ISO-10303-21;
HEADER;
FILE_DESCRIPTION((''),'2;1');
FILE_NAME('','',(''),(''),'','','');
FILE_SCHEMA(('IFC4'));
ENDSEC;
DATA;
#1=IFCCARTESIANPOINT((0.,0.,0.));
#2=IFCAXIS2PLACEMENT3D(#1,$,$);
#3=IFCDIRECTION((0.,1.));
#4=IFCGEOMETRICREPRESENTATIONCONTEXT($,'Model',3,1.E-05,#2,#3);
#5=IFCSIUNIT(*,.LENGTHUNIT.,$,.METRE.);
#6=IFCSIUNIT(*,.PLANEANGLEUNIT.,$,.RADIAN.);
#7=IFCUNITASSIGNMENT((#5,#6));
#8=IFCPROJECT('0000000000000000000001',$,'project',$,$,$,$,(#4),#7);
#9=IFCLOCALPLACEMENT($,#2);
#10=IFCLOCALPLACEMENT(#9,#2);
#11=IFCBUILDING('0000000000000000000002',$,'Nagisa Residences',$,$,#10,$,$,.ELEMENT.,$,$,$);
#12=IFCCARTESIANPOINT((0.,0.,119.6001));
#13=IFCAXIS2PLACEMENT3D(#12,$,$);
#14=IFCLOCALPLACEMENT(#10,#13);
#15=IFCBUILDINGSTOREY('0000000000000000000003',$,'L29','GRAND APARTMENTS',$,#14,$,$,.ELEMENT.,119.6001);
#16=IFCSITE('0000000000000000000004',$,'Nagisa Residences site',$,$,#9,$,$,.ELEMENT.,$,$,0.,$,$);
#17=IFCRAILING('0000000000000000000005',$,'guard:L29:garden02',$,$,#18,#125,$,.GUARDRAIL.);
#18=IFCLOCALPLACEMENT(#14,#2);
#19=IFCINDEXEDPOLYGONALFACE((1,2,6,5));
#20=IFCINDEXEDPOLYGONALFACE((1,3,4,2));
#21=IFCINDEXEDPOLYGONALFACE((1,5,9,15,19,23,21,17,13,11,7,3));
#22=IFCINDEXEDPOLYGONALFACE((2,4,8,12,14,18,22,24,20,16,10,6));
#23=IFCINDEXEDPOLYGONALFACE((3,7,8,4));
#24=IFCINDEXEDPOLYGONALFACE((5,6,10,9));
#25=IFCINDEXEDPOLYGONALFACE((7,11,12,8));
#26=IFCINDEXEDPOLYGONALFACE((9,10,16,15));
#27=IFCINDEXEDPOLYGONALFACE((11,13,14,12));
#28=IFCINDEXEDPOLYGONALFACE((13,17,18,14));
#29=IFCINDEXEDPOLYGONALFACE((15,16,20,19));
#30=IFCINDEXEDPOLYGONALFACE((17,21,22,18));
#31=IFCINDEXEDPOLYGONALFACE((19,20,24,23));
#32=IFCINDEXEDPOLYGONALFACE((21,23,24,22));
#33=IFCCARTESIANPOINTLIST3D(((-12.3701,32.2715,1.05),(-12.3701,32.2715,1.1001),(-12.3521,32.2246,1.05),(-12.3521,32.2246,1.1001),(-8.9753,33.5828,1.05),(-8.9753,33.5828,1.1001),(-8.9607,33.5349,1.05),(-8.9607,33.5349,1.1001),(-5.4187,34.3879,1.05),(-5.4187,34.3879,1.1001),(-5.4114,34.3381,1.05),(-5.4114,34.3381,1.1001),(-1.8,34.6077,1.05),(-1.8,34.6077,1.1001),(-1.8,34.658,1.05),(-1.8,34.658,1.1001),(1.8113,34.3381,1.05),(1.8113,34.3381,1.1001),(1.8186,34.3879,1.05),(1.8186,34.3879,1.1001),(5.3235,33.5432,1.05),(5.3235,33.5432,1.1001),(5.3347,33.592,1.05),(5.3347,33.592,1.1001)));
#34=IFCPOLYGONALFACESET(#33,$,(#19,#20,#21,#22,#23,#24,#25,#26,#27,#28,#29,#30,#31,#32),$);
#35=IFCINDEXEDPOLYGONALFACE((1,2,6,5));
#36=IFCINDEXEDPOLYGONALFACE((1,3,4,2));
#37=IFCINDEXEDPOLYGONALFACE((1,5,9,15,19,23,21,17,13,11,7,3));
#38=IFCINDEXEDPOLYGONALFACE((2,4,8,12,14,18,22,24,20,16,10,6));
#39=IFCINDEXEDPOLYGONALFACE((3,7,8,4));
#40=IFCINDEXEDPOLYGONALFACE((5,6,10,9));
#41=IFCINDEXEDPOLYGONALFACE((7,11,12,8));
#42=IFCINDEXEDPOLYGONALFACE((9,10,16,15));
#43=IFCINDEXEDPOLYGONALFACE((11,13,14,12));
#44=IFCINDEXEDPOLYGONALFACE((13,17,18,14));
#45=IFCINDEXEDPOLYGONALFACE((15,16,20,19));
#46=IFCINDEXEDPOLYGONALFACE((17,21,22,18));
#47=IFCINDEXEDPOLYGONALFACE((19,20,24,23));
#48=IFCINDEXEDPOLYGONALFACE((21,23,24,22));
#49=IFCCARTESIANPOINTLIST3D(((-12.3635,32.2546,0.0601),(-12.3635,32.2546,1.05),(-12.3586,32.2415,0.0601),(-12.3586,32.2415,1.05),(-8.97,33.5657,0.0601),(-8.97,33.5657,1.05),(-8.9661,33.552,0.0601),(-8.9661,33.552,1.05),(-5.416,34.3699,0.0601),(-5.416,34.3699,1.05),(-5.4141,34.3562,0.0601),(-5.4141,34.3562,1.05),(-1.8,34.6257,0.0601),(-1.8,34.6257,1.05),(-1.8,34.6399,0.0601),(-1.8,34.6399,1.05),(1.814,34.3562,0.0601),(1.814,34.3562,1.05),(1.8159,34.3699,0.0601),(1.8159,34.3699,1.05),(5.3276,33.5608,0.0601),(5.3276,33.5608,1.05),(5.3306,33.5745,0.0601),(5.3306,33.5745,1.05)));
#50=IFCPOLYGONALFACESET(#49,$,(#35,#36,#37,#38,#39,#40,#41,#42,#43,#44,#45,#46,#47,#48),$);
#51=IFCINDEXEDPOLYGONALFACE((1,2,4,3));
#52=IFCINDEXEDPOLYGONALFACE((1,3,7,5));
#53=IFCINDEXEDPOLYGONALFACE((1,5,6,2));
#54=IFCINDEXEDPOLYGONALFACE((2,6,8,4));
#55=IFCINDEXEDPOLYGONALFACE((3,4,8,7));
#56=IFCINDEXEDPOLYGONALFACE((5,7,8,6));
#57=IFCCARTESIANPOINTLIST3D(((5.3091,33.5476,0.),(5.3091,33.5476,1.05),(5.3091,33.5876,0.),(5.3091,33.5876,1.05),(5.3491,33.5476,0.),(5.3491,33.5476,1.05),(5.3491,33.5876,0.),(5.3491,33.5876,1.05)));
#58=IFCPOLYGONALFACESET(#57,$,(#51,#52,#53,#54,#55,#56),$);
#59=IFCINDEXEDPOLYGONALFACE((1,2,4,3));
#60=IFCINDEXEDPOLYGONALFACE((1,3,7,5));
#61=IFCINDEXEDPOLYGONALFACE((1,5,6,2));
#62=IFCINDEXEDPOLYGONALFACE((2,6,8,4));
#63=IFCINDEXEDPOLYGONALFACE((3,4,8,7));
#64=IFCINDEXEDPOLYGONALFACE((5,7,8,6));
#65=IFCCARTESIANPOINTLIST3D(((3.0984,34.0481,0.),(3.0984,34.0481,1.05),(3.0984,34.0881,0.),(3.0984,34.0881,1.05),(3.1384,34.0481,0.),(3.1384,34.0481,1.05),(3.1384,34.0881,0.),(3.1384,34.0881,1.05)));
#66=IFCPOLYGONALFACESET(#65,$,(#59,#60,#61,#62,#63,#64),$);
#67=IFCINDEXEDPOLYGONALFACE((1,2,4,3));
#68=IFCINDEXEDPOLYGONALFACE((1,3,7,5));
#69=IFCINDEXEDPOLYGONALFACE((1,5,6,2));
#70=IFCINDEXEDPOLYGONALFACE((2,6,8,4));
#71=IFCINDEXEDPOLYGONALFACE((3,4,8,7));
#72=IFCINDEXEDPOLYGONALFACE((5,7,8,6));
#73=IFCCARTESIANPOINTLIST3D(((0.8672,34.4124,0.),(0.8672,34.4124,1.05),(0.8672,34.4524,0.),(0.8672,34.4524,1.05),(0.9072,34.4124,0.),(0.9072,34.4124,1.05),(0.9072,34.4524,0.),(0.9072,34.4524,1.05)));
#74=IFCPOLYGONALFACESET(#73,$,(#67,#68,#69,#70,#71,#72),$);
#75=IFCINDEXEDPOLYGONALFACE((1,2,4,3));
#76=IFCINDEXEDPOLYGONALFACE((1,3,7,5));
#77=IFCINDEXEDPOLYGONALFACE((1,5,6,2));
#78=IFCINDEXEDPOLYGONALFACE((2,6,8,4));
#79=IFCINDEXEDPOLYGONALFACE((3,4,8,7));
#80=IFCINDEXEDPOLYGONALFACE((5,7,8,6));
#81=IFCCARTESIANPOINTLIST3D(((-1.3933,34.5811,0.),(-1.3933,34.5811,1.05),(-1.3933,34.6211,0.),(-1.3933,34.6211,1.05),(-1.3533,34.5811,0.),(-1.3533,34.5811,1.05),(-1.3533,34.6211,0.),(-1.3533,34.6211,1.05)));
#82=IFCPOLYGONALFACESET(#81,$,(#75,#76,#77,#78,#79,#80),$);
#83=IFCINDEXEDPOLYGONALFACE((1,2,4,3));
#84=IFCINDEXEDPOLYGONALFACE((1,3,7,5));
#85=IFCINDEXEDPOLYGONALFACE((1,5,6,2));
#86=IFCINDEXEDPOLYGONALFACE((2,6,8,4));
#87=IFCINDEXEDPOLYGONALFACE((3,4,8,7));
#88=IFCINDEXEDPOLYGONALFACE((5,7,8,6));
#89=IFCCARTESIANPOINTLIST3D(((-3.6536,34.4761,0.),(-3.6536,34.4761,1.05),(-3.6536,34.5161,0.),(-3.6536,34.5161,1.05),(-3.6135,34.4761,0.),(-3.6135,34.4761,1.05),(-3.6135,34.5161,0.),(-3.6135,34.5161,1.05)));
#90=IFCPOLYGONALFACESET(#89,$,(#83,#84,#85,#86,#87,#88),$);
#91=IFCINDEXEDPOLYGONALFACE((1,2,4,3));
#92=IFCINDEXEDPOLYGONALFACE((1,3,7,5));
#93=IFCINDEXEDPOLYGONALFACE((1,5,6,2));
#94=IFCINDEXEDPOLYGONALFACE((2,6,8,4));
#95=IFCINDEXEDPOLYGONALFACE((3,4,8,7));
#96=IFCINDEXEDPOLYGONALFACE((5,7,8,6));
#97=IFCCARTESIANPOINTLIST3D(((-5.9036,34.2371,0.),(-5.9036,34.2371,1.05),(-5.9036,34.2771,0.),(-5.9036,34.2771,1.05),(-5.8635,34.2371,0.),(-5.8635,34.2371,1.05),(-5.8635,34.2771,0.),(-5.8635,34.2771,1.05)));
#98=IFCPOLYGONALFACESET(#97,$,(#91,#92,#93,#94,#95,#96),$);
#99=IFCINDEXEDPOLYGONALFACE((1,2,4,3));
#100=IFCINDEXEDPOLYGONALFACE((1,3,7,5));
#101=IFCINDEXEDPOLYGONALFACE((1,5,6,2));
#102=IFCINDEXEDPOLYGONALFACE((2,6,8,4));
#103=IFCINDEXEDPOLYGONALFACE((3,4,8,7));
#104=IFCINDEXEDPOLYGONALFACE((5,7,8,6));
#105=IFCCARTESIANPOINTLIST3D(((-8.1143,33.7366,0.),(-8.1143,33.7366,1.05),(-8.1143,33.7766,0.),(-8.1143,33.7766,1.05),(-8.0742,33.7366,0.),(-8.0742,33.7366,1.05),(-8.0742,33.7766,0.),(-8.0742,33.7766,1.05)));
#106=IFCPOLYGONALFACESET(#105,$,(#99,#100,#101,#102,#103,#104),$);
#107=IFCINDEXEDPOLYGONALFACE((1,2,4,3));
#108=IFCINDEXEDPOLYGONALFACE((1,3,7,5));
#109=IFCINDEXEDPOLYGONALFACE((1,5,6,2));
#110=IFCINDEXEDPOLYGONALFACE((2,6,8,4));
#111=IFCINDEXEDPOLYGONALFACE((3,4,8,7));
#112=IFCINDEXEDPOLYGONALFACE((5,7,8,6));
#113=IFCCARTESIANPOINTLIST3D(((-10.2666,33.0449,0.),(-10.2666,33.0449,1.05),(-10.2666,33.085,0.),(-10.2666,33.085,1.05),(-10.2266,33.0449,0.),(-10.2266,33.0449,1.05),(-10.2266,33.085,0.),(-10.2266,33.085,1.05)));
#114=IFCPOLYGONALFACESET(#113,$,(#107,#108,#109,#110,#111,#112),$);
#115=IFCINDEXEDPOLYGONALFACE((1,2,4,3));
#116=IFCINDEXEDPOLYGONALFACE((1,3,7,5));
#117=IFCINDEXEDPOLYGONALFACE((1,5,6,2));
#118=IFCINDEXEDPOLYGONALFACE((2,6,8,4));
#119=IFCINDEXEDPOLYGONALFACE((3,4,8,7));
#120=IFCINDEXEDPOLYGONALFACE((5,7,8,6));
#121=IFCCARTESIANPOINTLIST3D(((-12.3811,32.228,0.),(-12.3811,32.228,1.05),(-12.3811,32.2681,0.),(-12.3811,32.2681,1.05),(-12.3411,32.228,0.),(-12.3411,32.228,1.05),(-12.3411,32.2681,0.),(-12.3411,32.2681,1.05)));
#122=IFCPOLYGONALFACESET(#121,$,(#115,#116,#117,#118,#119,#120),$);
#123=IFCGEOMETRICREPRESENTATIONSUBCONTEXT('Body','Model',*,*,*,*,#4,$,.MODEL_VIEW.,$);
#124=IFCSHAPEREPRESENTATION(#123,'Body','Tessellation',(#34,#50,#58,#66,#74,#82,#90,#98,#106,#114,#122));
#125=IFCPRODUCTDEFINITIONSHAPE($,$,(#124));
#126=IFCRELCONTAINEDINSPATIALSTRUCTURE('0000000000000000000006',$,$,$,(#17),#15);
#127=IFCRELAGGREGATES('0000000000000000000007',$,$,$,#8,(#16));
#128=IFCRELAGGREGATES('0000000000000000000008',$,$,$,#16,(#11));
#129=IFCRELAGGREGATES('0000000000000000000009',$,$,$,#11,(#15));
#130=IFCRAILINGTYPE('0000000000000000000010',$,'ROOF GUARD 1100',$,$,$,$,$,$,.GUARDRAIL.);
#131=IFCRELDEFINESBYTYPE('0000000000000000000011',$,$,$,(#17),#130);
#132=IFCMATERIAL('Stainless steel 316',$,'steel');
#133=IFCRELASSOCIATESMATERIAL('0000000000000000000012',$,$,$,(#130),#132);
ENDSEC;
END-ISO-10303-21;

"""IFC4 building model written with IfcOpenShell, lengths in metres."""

from ifc_helpers import new_model, si_unit, direction, frame, origin, origin_2d, place, context, subcontext, project, spatial, polyline, rectangle, outline, extrude, material, type_object, element, save


model = new_model("IFC4")

# Units and contexts
model_context = context("Model", 3, precision=1e-05, world=origin(), true_north=direction((0.0, 1.0)))
body_context = subcontext(model_context, "Body", "Model", "MODEL_VIEW")
ifc_project = project(units=[si_unit("LENGTHUNIT", "METRE"), si_unit("PLANEANGLEUNIT", "RADIAN")], contexts=[model_context])

# Site, building, storey
site_placement = place(None, origin())
site = spatial("IfcSite", under=ifc_project, at=site_placement, Name="Nagisa Residences site", CompositionType="ELEMENT", RefElevation=0.0)
building_placement = place(site_placement, origin())
building = spatial("IfcBuilding", under=site, at=building_placement, Name="Nagisa Residences", CompositionType="ELEMENT")
storey_placement = place(building_placement, frame((0.0, 0.0, 119.6001)))
storey = spatial("IfcBuildingStorey", under=building, at=storey_placement, Name="L29", Description="GRAND APARTMENTS", CompositionType="ELEMENT", Elevation=119.6001)

# Railing
ifc_material_1 = material(Name="Stainless steel 316", Category="steel")
railing_type = type_object("IfcRailingType", Name="ROOF GUARD 1100", PredefinedType="GUARDRAIL", material=ifc_material_1)
railing_1_placement = place(storey_placement, frame((5.3291, 33.5676, 0.0)))
element("IfcRailing", 1, at=railing_1_placement, inside=storey, type_object=railing_type, Name="guard:L29:garden02", PredefinedType="GUARDRAIL", context=body_context, shape_type="SweptSolid", body=[
    extrude(outline(polyline([(-3.5178, 0.7705), (-0.0056, -0.0244), (0.0056, 0.0244), (-3.5105, 0.8203), (-7.1292, 1.0903), (-10.7478, 0.8203), (-14.3044, 0.0151), (-17.6992, -1.2961), (-17.6812, -1.343), (-14.2898, -0.0327), (-10.7405, 0.7705), (-7.1292, 1.04), (-3.5178, 0.7705)])), frame((0.0, 0.0, 1.05)), (0.0, 0.0, 1.0), 0.05),
    extrude(outline(polyline([(-3.5151, 0.7886), (-0.0015, -0.0068), (0.0015, 0.0068), (-3.5132, 0.8022), (-7.1292, 1.0723), (-10.7451, 0.8022), (-14.2991, -0.002), (-17.6926, -1.313), (-17.6877, -1.3262), (-14.2952, -0.0156), (-10.7432, 0.7886), (-7.1292, 1.0581), (-3.5151, 0.7886)])), frame((0.0, 0.0, 0.0601)), (0.0, 0.0, 1.0), 0.99),
    extrude(rectangle(XDim=0.04, YDim=0.04, at=origin_2d()), origin(), (0.0, 0.0, 1.0), 1.05),
    extrude(rectangle(XDim=0.04, YDim=0.04, at=origin_2d()), frame((-2.2107, 0.5005, 0.0)), (0.0, 0.0, 1.0), 1.05),
    extrude(rectangle(XDim=0.04, YDim=0.04, at=origin_2d()), frame((-4.4419, 0.8647, 0.0)), (0.0, 0.0, 1.0), 1.05),
    extrude(rectangle(XDim=0.04, YDim=0.04, at=origin_2d()), frame((-6.7024, 1.0334, 0.0)), (0.0, 0.0, 1.0), 1.05),
    extrude(rectangle(XDim=0.04, YDim=0.04, at=origin_2d()), frame((-8.9626, 0.9285, 0.0)), (0.0, 0.0, 1.0), 1.05),
    extrude(rectangle(XDim=0.04, YDim=0.04, at=origin_2d()), frame((-11.2126, 0.6895, 0.0)), (0.0, 0.0, 1.0), 1.05),
    extrude(rectangle(XDim=0.04, YDim=0.04, at=origin_2d()), frame((-13.4233, 0.189, 0.0)), (0.0, 0.0, 1.0), 1.05),
    extrude(rectangle(XDim=0.04, YDim=0.04, at=origin_2d()), frame((-15.5757, -0.5027, 0.0)), (0.0, 0.0, 1.0), 1.05),
    extrude(rectangle(XDim=0.04, YDim=0.04, at=origin_2d()), frame((-17.6902, -1.3196, 0.0)), (0.0, 0.0, 1.0), 1.05),
])

save(model, "model.ifc")
